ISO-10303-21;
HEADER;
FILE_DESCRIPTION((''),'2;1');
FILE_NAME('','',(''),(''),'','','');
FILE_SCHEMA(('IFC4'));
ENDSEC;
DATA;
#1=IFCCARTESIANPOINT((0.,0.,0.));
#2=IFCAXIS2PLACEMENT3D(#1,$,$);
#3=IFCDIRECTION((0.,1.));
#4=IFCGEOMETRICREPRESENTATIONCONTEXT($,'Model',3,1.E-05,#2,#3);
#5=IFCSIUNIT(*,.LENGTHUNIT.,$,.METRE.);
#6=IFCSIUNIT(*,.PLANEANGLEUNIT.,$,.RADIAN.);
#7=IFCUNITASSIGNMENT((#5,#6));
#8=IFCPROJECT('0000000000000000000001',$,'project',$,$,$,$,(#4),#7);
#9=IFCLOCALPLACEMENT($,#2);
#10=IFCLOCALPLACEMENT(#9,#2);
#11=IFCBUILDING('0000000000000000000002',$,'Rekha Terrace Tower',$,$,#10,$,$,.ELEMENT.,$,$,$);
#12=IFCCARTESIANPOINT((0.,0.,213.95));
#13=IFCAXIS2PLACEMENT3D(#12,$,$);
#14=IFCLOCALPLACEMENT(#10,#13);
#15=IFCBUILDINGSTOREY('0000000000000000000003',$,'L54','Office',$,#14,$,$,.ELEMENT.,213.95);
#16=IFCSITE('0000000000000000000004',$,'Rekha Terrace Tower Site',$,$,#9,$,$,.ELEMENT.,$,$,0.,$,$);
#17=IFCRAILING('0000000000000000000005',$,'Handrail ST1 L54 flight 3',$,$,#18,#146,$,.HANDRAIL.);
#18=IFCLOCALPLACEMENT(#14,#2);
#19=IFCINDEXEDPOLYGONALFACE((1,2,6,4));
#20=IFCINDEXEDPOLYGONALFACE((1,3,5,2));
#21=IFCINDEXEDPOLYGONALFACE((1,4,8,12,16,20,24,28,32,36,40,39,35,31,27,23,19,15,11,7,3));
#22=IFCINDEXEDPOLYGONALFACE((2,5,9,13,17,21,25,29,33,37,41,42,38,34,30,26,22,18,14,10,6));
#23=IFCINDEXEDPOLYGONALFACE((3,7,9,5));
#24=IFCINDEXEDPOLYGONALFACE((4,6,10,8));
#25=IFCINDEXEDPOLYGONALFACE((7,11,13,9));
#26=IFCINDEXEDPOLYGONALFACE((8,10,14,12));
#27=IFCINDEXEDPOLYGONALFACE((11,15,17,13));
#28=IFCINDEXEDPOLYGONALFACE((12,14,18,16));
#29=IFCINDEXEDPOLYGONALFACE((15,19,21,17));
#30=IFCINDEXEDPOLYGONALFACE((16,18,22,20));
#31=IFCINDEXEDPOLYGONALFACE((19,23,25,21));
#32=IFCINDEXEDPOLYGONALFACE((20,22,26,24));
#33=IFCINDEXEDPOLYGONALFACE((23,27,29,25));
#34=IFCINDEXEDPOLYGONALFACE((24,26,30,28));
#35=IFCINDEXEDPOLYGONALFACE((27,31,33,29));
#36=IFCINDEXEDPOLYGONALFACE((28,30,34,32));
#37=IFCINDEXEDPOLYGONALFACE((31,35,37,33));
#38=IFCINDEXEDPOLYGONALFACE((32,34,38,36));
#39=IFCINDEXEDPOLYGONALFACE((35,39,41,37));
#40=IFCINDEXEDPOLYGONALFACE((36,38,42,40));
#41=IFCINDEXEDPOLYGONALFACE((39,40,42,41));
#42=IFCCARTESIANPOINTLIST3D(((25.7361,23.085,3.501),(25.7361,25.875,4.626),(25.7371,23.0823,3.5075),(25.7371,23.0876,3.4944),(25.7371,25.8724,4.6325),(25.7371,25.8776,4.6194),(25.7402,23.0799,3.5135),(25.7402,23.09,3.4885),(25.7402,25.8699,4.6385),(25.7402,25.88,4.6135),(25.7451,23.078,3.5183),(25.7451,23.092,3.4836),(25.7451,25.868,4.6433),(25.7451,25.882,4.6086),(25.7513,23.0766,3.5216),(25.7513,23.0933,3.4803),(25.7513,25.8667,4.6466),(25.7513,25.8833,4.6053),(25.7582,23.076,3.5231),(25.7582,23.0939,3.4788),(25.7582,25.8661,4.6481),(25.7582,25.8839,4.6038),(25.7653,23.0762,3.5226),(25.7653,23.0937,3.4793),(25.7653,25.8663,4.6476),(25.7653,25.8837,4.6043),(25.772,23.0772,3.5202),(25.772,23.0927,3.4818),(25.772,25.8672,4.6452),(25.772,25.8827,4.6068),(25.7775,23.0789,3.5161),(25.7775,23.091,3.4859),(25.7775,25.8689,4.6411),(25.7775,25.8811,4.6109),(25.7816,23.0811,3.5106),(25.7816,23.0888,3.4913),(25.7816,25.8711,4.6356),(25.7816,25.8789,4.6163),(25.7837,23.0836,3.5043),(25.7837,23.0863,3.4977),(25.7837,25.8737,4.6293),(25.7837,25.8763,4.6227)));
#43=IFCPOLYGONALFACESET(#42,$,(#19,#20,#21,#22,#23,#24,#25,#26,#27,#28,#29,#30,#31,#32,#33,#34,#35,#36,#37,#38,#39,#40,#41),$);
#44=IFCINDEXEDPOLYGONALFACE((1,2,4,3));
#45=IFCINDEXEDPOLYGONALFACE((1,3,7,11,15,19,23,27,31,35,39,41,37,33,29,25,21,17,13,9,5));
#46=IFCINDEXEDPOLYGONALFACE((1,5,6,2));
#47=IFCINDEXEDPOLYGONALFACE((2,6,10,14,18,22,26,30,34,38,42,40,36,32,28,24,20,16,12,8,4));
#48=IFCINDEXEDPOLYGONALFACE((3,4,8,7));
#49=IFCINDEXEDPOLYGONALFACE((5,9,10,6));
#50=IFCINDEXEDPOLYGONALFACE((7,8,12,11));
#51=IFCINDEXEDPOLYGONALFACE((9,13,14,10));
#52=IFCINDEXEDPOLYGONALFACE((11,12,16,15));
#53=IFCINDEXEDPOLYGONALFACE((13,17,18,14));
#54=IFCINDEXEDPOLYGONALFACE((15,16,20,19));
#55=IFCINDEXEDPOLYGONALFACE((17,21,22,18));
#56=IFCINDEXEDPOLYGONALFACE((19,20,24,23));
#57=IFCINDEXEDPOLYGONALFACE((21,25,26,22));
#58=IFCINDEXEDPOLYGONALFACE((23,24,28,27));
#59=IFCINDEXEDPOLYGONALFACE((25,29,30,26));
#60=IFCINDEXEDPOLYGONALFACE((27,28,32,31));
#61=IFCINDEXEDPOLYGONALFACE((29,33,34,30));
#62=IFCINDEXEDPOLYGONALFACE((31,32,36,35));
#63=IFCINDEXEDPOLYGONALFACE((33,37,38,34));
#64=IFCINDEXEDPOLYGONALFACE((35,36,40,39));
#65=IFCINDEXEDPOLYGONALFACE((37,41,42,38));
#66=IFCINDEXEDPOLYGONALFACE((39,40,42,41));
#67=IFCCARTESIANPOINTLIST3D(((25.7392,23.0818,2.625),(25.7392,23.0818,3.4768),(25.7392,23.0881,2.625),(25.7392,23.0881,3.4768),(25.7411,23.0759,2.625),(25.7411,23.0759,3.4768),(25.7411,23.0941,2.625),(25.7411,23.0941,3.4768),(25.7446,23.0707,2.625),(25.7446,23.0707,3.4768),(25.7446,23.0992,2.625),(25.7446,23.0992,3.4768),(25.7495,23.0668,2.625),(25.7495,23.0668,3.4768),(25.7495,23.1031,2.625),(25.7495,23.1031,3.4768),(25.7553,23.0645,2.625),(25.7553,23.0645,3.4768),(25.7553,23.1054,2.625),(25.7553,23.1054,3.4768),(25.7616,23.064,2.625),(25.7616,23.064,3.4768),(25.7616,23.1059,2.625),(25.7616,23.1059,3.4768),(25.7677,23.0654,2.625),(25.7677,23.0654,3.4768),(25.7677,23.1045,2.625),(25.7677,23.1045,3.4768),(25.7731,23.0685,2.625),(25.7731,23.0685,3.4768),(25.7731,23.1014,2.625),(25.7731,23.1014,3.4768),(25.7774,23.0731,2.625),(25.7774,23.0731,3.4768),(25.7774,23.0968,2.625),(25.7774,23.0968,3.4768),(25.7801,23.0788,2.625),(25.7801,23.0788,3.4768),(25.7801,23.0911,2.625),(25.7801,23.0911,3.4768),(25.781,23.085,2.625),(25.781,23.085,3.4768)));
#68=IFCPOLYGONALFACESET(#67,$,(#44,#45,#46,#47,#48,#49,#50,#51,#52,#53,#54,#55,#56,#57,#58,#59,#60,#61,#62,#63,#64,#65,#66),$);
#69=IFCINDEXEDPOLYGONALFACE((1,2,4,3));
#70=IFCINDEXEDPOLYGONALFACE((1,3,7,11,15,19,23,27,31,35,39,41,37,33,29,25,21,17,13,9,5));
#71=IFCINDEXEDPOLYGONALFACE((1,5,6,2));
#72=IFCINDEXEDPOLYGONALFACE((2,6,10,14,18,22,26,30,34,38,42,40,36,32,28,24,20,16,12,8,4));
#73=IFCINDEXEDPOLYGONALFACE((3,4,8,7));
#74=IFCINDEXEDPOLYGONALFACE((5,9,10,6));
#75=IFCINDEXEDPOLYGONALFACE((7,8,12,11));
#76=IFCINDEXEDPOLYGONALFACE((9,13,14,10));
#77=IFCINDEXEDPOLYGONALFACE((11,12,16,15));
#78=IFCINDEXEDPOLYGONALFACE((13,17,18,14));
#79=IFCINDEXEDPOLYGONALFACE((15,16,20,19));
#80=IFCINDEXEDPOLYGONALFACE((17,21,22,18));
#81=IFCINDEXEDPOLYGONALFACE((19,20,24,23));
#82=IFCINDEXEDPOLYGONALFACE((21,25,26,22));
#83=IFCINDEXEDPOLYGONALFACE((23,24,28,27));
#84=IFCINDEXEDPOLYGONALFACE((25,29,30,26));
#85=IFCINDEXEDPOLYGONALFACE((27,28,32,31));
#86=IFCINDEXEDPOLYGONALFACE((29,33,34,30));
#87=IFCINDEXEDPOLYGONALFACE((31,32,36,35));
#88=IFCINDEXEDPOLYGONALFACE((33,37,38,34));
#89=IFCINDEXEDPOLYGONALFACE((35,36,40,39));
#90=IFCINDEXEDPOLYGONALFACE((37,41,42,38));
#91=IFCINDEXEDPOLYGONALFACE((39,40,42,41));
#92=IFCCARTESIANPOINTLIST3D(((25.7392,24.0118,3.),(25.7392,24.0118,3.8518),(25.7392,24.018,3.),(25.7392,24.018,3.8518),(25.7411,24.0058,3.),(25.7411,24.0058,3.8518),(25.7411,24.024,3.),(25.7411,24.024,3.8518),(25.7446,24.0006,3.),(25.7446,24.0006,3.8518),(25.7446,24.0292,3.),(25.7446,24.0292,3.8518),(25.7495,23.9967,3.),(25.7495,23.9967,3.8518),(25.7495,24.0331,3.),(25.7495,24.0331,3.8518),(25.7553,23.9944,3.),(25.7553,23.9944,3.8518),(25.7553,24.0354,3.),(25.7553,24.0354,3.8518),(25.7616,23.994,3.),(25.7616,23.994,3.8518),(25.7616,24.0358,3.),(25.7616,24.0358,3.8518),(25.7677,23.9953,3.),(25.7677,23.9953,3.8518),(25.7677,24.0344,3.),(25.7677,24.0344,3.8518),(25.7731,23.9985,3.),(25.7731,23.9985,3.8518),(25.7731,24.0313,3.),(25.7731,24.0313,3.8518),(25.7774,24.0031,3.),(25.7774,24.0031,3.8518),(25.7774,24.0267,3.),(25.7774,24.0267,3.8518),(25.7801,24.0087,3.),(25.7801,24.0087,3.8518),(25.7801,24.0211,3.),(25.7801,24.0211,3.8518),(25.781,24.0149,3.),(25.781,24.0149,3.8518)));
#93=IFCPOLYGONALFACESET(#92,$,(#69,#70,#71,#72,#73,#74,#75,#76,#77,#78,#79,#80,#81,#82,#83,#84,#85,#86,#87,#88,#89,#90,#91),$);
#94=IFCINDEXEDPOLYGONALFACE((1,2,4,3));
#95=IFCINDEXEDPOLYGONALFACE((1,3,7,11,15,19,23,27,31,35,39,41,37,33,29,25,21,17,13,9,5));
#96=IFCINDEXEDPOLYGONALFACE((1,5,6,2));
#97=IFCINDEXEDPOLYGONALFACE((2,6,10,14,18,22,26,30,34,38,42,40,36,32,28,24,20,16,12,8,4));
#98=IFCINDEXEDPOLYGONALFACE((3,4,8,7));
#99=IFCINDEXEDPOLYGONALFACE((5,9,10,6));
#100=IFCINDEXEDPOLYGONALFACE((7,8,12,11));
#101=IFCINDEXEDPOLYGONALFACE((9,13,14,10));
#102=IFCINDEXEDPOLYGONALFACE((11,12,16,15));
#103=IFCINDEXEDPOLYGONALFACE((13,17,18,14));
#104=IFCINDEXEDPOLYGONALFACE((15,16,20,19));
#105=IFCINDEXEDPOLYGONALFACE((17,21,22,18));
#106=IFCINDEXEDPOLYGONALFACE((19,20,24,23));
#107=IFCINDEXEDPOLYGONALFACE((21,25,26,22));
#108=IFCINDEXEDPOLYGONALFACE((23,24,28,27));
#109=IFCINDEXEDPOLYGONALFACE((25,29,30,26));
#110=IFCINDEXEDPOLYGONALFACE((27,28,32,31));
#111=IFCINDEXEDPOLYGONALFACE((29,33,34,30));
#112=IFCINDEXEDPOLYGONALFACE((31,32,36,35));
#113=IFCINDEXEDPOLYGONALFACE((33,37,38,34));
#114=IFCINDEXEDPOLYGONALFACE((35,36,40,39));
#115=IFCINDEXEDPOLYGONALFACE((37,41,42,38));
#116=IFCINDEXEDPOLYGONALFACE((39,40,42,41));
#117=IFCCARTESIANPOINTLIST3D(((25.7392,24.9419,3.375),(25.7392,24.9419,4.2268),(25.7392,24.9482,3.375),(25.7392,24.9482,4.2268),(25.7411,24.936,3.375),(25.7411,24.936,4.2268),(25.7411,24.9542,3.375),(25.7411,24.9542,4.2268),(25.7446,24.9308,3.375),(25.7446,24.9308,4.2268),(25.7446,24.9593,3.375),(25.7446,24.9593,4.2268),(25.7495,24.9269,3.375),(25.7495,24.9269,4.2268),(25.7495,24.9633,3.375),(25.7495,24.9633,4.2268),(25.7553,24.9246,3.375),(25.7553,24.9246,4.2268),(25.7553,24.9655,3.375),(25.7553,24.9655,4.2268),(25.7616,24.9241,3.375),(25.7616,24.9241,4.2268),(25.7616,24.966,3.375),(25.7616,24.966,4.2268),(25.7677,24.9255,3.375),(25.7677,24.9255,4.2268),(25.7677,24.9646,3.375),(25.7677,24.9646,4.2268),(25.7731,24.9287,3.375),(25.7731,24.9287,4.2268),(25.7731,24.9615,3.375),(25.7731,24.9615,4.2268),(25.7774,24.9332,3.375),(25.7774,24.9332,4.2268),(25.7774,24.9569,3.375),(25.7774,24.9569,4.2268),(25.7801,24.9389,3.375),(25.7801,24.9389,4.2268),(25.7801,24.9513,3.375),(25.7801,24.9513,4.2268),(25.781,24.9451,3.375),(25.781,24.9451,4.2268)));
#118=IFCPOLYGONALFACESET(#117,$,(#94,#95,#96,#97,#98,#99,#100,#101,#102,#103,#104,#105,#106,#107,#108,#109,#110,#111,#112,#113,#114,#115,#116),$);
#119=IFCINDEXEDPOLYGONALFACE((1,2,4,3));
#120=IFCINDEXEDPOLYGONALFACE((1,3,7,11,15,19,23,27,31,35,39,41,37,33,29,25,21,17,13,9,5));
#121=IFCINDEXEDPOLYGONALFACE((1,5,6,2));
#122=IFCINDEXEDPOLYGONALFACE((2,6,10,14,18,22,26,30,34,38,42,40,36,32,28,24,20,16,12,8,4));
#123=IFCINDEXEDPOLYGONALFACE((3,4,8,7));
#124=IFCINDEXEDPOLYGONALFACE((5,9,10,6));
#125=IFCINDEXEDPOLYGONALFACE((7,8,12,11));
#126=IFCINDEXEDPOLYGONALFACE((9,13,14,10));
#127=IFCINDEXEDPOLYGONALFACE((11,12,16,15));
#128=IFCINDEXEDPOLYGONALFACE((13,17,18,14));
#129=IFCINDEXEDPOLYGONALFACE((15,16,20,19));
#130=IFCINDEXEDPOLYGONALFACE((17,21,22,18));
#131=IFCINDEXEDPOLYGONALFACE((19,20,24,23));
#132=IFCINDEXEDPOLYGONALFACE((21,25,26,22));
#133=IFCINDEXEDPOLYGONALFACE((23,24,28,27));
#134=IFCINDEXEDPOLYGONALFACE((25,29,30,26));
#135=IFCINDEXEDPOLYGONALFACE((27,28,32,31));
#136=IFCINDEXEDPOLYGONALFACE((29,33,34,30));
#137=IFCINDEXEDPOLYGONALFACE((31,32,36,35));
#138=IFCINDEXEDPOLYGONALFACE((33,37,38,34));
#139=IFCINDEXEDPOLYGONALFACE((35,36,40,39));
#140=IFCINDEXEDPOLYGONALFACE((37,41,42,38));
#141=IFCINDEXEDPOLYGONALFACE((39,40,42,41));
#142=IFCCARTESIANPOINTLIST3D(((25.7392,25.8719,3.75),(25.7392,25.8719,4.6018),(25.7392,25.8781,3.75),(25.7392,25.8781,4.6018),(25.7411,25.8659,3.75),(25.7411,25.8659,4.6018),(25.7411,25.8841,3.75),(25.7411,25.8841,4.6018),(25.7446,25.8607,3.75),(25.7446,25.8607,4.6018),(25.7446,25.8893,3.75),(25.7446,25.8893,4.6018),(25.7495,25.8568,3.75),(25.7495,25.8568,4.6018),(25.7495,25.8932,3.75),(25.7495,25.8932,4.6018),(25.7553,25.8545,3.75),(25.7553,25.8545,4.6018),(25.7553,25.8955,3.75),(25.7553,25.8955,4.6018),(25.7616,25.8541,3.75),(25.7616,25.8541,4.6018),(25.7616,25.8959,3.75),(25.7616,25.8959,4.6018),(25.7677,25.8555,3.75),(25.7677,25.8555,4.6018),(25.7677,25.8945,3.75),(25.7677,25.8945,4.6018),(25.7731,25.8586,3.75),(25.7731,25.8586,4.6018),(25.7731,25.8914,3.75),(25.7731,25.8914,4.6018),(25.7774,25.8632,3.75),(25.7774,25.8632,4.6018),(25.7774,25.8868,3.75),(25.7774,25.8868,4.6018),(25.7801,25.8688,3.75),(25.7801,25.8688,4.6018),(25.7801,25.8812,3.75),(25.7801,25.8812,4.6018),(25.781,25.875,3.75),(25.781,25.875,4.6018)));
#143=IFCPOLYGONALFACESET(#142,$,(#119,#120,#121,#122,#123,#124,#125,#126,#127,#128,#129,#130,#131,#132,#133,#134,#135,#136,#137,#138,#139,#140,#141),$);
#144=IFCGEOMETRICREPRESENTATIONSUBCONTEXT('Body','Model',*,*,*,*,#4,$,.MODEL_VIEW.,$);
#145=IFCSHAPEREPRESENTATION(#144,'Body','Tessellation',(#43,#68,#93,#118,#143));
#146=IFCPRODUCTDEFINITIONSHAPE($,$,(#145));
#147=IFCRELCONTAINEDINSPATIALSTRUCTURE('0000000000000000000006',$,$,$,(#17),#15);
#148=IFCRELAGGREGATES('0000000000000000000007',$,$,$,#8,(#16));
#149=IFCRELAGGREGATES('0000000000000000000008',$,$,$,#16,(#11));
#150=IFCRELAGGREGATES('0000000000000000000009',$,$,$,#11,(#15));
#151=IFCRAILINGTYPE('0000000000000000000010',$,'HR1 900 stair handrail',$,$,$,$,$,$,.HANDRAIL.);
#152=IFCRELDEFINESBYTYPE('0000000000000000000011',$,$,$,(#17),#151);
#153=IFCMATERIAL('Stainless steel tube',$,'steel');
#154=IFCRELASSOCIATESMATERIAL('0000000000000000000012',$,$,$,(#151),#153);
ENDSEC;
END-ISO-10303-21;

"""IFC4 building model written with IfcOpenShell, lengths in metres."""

from ifc_helpers import new_model, si_unit, direction, frame, origin, origin_2d, place, context, subcontext, project, spatial, circle, extrude, material, type_object, element, save


model = new_model("IFC4")

# Units and contexts
model_context = context("Model", 3, precision=1e-05, world=origin(), true_north=direction((0.0, 1.0)))
body_context = subcontext(model_context, "Body", "Model", "MODEL_VIEW")
ifc_project = project(units=[si_unit("LENGTHUNIT", "METRE"), si_unit("PLANEANGLEUNIT", "RADIAN")], contexts=[model_context])

# Site, building, storey
site_placement = place(None, origin())
site = spatial("IfcSite", under=ifc_project, at=site_placement, Name="Rekha Terrace Tower Site", CompositionType="ELEMENT", RefElevation=0.0)
building_placement = place(site_placement, origin())
building = spatial("IfcBuilding", under=site, at=building_placement, Name="Rekha Terrace Tower", CompositionType="ELEMENT")
storey_placement = place(building_placement, frame((0.0, 0.0, 213.95)))
storey = spatial("IfcBuildingStorey", under=building, at=storey_placement, Name="L54", Description="Office", CompositionType="ELEMENT", Elevation=213.95)

# Railing
ifc_material_1 = material(Name="Stainless steel tube", Category="steel")
railing_type = type_object("IfcRailingType", Name="HR1 900 stair handrail", PredefinedType="HANDRAIL", material=ifc_material_1)
railing_placement = place(storey_placement, frame((25.76, 23.085, 2.625)))
element("IfcRailing", 1, at=railing_placement, inside=storey, type_object=railing_type, Name="Handrail ST1 L54 flight 3", PredefinedType="HANDRAIL", context=body_context, shape_type="SweptSolid", body=[
    extrude(circle(Radius=0.0239, at=origin_2d()), frame((0.0, 0.0, 0.876), z_axis=(0.0, 0.927443, 0.373964), x_axis=(-1.0, 0.0, 0.0)), (0.0, 0.0, 1.0), 3.0083),
    extrude(circle(Radius=0.021, at=origin_2d()), origin(), (0.0, 0.0, 1.0), 0.8518),
    extrude(circle(Radius=0.021, at=origin_2d()), frame((0.0, 0.9299, 0.375)), (0.0, 0.0, 1.0), 0.8518),
    extrude(circle(Radius=0.021, at=origin_2d()), frame((0.0, 1.8601, 0.75)), (0.0, 0.0, 1.0), 0.8518),
    extrude(circle(Radius=0.021, at=origin_2d()), frame((0.0, 2.79, 1.125)), (0.0, 0.0, 1.0), 0.8518),
])

save(model, "model.ifc")
